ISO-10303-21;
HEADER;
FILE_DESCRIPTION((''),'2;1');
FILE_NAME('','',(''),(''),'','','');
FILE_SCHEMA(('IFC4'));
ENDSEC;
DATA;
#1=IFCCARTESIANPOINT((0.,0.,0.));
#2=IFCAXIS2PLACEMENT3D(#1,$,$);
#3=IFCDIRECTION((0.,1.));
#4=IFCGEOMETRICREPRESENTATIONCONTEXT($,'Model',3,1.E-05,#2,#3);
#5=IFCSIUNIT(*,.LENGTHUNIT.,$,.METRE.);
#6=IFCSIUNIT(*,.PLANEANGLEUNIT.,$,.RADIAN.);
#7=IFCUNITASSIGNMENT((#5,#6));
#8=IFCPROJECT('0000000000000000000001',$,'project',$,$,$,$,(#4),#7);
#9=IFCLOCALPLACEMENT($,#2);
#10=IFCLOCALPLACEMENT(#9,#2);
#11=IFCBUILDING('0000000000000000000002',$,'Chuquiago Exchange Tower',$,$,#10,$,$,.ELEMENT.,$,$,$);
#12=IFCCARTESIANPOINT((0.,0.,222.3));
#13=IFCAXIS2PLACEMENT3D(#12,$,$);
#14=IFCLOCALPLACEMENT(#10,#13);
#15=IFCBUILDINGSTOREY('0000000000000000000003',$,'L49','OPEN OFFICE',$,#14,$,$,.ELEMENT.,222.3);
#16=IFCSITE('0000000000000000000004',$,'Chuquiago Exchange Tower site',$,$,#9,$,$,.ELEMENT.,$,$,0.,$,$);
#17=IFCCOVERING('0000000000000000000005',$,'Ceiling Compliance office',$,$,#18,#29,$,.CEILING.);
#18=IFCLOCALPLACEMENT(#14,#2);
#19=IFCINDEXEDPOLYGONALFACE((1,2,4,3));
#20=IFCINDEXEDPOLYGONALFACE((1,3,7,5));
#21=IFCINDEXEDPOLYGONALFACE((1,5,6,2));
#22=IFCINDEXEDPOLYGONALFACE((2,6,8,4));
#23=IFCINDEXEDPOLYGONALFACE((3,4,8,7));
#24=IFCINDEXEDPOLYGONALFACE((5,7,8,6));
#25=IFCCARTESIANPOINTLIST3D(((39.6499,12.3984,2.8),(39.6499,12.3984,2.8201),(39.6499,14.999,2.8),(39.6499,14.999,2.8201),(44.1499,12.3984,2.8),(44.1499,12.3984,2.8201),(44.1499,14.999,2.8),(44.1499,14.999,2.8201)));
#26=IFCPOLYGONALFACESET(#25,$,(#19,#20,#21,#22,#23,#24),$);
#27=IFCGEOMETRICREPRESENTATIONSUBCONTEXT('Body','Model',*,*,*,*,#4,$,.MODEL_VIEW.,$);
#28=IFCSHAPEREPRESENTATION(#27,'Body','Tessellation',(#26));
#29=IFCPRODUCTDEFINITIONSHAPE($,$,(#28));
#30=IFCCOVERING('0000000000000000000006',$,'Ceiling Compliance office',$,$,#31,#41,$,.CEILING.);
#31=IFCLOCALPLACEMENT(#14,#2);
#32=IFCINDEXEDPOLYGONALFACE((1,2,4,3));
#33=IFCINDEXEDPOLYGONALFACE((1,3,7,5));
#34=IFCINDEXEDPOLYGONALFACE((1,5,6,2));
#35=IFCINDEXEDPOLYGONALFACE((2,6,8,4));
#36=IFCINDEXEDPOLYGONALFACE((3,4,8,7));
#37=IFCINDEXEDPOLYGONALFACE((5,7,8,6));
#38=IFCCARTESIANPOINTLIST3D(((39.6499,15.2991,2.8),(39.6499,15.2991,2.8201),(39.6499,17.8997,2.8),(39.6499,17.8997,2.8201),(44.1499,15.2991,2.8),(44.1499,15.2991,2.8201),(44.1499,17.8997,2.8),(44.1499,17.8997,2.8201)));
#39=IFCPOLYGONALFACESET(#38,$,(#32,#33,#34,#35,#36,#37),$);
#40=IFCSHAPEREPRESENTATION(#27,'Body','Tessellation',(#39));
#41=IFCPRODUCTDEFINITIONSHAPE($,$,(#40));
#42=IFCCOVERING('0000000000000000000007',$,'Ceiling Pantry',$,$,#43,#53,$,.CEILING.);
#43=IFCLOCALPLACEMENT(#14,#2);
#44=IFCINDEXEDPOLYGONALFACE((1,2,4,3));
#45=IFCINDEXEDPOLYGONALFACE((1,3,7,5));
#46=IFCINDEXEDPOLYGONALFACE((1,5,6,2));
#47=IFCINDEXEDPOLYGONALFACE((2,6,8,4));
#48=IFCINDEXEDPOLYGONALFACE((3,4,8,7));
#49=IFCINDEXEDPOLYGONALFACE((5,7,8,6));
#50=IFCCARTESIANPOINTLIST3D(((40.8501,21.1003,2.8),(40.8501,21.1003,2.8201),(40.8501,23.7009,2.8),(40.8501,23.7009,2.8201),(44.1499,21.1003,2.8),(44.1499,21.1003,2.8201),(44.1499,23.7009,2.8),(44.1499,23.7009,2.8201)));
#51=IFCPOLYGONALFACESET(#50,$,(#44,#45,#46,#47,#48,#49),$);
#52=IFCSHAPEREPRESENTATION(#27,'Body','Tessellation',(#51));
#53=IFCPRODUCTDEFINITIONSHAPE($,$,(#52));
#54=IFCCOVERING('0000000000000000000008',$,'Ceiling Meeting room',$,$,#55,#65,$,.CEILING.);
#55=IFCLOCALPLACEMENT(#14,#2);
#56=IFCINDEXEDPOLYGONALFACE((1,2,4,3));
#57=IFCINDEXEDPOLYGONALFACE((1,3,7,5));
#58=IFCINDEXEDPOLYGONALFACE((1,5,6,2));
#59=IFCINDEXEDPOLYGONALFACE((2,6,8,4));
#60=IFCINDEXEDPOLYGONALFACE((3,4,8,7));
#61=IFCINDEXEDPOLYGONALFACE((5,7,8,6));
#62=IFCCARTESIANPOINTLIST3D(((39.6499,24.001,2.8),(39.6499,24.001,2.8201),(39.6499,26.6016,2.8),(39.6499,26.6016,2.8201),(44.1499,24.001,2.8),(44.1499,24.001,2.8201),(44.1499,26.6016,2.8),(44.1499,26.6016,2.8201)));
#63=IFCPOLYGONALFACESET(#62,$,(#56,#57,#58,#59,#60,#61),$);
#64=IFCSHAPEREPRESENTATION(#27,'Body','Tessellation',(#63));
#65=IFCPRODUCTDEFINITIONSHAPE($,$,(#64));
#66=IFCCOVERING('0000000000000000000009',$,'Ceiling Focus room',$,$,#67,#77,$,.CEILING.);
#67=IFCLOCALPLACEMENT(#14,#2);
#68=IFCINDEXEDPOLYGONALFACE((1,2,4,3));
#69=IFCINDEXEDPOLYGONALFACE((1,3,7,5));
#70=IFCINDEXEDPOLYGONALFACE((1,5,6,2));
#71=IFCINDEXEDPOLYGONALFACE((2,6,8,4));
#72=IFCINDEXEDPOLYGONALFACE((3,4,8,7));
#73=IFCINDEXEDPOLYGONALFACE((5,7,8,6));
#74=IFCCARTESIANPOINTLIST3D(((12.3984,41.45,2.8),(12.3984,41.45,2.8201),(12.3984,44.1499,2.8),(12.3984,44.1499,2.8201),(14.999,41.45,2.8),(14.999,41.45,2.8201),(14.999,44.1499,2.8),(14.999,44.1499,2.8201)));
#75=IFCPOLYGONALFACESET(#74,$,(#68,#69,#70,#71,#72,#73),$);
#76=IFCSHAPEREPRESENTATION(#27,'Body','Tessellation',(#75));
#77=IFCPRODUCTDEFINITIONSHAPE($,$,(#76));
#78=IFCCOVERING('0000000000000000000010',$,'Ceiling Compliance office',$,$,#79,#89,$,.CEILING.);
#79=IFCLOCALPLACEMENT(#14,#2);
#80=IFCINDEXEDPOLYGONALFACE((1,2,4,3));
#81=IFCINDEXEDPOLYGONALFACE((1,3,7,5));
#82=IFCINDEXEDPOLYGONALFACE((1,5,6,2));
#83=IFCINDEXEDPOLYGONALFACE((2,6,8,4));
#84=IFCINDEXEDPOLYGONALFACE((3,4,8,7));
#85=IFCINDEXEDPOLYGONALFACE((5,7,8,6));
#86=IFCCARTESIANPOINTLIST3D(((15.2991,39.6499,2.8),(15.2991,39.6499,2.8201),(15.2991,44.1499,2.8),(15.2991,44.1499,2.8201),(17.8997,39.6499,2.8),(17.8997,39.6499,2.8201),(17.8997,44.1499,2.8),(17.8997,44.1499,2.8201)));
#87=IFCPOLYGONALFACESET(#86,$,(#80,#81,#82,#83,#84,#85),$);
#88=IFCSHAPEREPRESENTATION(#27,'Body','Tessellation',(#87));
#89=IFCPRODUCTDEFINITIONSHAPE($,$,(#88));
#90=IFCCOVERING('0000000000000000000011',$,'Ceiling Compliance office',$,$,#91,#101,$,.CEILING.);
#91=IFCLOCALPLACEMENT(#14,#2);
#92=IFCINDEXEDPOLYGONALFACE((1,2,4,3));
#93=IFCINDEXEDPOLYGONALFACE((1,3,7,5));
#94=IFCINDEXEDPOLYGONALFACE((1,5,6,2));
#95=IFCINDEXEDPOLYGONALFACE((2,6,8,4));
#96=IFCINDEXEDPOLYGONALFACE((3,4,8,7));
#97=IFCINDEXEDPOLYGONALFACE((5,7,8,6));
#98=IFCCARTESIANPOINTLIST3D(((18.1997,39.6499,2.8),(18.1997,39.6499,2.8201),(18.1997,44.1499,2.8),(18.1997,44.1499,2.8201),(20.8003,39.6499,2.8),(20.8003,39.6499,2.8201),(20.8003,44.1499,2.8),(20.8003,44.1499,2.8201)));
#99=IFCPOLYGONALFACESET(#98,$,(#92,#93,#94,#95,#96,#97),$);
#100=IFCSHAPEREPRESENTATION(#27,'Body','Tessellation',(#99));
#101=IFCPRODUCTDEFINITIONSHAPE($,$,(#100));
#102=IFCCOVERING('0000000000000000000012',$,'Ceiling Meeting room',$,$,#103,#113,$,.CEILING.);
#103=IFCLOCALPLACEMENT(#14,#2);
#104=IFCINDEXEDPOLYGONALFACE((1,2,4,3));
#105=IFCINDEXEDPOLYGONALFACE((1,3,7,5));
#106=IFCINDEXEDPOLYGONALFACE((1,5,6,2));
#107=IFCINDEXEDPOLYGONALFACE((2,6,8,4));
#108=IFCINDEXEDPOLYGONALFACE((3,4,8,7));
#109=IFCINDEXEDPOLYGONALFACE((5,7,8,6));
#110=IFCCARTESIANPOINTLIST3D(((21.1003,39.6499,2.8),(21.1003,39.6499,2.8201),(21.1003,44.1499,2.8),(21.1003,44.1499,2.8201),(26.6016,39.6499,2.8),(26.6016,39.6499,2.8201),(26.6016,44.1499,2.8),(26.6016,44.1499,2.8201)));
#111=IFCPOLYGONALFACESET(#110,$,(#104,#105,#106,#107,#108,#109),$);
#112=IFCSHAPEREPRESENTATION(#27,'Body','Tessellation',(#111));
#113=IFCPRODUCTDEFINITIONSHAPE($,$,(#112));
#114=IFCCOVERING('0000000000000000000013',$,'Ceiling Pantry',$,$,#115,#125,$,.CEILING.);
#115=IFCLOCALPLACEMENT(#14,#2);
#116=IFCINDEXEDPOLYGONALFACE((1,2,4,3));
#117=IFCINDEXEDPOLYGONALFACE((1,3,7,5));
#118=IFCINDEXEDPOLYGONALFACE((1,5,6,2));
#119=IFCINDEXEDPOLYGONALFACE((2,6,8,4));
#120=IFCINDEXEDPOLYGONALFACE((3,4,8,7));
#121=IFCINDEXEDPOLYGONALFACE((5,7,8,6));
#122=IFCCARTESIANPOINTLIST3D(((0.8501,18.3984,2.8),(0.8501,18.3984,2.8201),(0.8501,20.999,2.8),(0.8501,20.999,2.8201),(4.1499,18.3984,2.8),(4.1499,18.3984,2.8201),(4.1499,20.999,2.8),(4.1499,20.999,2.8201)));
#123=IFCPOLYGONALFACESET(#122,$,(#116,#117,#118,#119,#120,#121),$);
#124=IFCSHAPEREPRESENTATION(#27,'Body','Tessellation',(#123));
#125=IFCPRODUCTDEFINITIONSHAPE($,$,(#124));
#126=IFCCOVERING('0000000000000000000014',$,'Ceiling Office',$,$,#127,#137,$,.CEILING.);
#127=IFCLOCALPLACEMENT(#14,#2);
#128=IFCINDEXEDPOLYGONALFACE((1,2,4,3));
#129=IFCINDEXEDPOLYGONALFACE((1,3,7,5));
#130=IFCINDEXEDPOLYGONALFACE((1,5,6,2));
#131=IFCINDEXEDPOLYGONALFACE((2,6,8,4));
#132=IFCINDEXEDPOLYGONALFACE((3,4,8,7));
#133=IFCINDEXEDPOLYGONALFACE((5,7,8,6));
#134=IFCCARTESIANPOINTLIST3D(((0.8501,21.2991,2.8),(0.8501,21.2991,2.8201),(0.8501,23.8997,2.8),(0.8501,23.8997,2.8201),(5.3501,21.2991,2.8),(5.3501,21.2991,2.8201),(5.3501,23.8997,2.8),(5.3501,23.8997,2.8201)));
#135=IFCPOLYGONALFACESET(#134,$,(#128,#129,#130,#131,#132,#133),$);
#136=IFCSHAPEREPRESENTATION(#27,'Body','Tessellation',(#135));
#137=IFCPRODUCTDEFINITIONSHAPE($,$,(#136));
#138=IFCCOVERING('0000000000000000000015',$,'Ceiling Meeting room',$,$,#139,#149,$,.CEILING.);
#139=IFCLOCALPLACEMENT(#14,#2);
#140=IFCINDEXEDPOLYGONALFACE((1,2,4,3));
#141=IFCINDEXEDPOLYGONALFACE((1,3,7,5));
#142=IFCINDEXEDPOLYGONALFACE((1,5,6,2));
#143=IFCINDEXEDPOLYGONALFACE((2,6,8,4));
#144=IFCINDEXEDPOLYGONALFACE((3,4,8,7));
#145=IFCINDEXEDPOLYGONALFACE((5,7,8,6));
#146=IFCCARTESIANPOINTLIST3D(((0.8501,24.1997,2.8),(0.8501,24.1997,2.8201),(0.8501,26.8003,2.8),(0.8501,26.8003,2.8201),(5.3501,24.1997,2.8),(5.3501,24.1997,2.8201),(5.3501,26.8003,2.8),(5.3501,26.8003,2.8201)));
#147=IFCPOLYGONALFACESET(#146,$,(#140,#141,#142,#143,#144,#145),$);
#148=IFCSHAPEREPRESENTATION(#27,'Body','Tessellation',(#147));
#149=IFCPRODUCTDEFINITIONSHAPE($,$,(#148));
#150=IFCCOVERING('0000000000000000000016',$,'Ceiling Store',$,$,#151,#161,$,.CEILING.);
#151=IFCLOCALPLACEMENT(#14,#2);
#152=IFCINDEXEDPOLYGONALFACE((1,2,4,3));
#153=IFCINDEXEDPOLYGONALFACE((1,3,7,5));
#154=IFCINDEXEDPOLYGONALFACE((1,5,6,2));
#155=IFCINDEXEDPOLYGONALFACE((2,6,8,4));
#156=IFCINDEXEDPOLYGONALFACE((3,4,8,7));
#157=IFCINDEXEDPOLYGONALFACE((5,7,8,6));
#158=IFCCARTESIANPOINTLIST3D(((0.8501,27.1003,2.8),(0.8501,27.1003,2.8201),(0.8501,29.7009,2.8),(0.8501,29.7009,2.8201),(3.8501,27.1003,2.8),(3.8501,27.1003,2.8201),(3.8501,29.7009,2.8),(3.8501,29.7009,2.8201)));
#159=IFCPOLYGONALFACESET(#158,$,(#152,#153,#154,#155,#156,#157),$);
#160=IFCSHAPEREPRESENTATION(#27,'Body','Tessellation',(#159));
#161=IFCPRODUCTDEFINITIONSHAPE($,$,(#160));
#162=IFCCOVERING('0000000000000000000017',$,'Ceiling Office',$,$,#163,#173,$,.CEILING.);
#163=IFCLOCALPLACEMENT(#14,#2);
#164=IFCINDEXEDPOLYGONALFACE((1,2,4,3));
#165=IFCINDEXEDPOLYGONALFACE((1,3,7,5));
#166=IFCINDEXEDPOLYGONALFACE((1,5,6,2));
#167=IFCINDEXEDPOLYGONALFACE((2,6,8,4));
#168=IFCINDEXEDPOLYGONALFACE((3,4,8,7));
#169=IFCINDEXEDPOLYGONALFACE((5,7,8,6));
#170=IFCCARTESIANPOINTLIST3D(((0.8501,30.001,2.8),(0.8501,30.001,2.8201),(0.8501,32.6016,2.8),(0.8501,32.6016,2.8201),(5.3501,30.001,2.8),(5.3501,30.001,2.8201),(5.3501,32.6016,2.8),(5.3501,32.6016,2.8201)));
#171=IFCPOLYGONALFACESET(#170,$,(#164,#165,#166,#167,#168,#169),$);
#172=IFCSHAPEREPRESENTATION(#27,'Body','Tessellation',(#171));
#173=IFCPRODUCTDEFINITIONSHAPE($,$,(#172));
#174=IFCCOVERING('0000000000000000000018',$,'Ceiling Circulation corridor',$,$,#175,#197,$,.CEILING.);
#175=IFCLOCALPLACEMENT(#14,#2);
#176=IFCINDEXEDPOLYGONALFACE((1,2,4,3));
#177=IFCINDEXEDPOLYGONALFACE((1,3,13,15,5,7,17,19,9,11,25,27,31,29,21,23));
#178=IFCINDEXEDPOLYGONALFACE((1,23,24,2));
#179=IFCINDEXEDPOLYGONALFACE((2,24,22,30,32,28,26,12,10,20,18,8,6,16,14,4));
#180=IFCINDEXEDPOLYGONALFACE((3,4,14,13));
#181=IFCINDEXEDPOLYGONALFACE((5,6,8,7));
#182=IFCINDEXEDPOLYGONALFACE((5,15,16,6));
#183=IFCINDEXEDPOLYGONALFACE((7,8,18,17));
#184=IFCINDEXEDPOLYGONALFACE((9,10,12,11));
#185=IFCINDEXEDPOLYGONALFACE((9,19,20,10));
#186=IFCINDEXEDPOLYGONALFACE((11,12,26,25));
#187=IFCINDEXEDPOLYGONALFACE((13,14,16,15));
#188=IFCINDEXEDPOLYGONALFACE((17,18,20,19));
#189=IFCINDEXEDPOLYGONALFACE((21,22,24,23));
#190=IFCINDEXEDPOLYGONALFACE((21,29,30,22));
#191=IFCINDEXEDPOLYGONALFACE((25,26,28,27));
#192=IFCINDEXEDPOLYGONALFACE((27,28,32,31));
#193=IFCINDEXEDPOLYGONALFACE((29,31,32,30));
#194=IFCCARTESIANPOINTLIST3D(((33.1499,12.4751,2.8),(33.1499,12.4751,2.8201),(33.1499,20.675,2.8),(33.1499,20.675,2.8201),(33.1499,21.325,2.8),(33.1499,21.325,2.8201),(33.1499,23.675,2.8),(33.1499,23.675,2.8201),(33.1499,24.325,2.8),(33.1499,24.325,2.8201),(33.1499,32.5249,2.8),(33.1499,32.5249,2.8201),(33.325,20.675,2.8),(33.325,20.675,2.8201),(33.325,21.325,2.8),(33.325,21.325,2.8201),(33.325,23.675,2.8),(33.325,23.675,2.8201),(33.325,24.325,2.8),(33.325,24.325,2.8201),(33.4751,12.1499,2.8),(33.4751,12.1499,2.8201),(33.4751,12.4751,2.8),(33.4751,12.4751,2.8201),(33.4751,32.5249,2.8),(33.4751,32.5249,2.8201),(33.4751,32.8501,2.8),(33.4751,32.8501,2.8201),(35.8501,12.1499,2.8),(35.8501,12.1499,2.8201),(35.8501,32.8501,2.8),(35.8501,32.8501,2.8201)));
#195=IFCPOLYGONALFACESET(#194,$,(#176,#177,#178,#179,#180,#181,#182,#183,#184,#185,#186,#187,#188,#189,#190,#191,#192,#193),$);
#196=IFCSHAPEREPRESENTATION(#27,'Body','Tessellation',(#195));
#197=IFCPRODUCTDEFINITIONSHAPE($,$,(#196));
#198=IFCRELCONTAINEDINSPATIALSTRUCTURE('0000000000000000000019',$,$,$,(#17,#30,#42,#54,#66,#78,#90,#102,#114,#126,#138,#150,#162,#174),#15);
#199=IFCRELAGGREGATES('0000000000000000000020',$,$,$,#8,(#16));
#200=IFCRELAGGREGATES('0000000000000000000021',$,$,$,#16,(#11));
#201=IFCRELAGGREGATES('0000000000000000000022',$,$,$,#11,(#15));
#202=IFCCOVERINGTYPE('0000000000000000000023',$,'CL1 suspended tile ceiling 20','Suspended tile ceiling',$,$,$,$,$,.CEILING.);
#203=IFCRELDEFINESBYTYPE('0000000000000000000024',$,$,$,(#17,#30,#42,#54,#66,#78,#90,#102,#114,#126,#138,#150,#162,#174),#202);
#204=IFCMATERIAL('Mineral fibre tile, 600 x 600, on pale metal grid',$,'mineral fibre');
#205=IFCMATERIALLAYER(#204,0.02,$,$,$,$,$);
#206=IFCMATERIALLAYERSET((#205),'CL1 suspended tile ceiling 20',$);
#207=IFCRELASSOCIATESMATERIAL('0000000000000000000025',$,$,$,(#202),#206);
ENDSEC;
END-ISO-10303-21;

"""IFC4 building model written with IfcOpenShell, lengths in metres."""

from ifc_helpers import new_model, si_unit, direction, frame, origin, place, context, subcontext, project, spatial, polyline, outline, extrude, material, layer, layer_set, type_object, element, save


model = new_model("IFC4")

# Units and contexts
model_context = context("Model", 3, precision=1e-05, world=origin(), true_north=direction((0.0, 1.0)))
body_context = subcontext(model_context, "Body", "Model", "MODEL_VIEW")
ifc_project = project(units=[si_unit("LENGTHUNIT", "METRE"), si_unit("PLANEANGLEUNIT", "RADIAN")], contexts=[model_context])

# Site, building, storey
site_placement = place(None, origin())
site = spatial("IfcSite", under=ifc_project, at=site_placement, Name="Chuquiago Exchange Tower site", CompositionType="ELEMENT", RefElevation=0.0)
building_placement = place(site_placement, origin())
building = spatial("IfcBuilding", under=site, at=building_placement, Name="Chuquiago Exchange Tower", CompositionType="ELEMENT")
storey_placement = place(building_placement, frame((0.0, 0.0, 222.3)))
storey = spatial("IfcBuildingStorey", under=building, at=storey_placement, Name="L49", Description="OPEN OFFICE", CompositionType="ELEMENT", Elevation=222.3)

# Coverings
ifc_material_1 = material(Name="Mineral fibre tile, 600 x 600, on pale metal grid", Category="mineral fibre")
ifc_layer_1 = layer(ifc_material_1, 0.02)
ifc_layer_set_1 = layer_set([ifc_layer_1], Name="CL1 suspended tile ceiling 20")
covering_type_1 = type_object("IfcCoveringType", Name="CL1 suspended tile ceiling 20", Description="Suspended tile ceiling", PredefinedType="CEILING", material=ifc_layer_set_1)
covering_1_placement = place(storey_placement, frame((0.0, 0.0, 2.8)))
element("IfcCovering", 1, at=covering_1_placement, inside=storey, type_object=covering_type_1, Name="Ceiling Compliance office", PredefinedType="CEILING", context=body_context, shape_type="SweptSolid", body=[
    extrude(outline(polyline([(39.6499, 12.3984), (39.6499, 14.999), (44.1499, 14.999), (44.1499, 12.3984), (39.6499, 12.3984)])), origin(), (0.0, 0.0, 1.0), 0.02),
])
covering_2_placement = place(storey_placement, frame((0.0, 0.0, 2.8)))
element("IfcCovering", 2, at=covering_2_placement, inside=storey, type_object=covering_type_1, Name="Ceiling Compliance office", PredefinedType="CEILING", context=body_context, shape_type="SweptSolid", body=[
    extrude(outline(polyline([(39.6499, 15.2991), (39.6499, 17.8997), (44.1499, 17.8997), (44.1499, 15.2991), (39.6499, 15.2991)])), origin(), (0.0, 0.0, 1.0), 0.02),
])
covering_3_placement = place(storey_placement, frame((0.0, 0.0, 2.8)))
element("IfcCovering", 3, at=covering_3_placement, inside=storey, type_object=covering_type_1, Name="Ceiling Pantry", PredefinedType="CEILING", context=body_context, shape_type="SweptSolid", body=[
    extrude(outline(polyline([(40.8501, 21.1003), (40.8501, 23.7009), (44.1499, 23.7009), (44.1499, 21.1003), (40.8501, 21.1003)])), origin(), (0.0, 0.0, 1.0), 0.02),
])
covering_4_placement = place(storey_placement, frame((0.0, 0.0, 2.8)))
element("IfcCovering", 4, at=covering_4_placement, inside=storey, type_object=covering_type_1, Name="Ceiling Meeting room", PredefinedType="CEILING", context=body_context, shape_type="SweptSolid", body=[
    extrude(outline(polyline([(44.1499, 24.001), (39.6499, 24.001), (39.6499, 26.6016), (44.1499, 26.6016), (44.1499, 24.001)])), origin(), (0.0, 0.0, 1.0), 0.02),
])
covering_5_placement = place(storey_placement, frame((0.0, 0.0, 2.8)))
element("IfcCovering", 5, at=covering_5_placement, inside=storey, type_object=covering_type_1, Name="Ceiling Focus room", PredefinedType="CEILING", context=body_context, shape_type="SweptSolid", body=[
    extrude(outline(polyline([(14.999, 44.1499), (14.999, 41.45), (12.3984, 41.45), (12.3984, 44.1499), (14.999, 44.1499)])), origin(), (0.0, 0.0, 1.0), 0.02),
])
covering_6_placement = place(storey_placement, frame((0.0, 0.0, 2.8)))
element("IfcCovering", 6, at=covering_6_placement, inside=storey, type_object=covering_type_1, Name="Ceiling Compliance office", PredefinedType="CEILING", context=body_context, shape_type="SweptSolid", body=[
    extrude(outline(polyline([(17.8997, 39.6499), (15.2991, 39.6499), (15.2991, 44.1499), (17.8997, 44.1499), (17.8997, 39.6499)])), origin(), (0.0, 0.0, 1.0), 0.02),
])
covering_7_placement = place(storey_placement, frame((0.0, 0.0, 2.8)))
element("IfcCovering", 7, at=covering_7_placement, inside=storey, type_object=covering_type_1, Name="Ceiling Compliance office", PredefinedType="CEILING", context=body_context, shape_type="SweptSolid", body=[
    extrude(outline(polyline([(20.8003, 39.6499), (18.1997, 39.6499), (18.1997, 44.1499), (20.8003, 44.1499), (20.8003, 39.6499)])), origin(), (0.0, 0.0, 1.0), 0.02),
])
covering_8_placement = place(storey_placement, frame((0.0, 0.0, 2.8)))
element("IfcCovering", 8, at=covering_8_placement, inside=storey, type_object=covering_type_1, Name="Ceiling Meeting room", PredefinedType="CEILING", context=body_context, shape_type="SweptSolid", body=[
    extrude(outline(polyline([(26.6016, 39.6499), (21.1003, 39.6499), (21.1003, 44.1499), (26.6016, 44.1499), (26.6016, 39.6499)])), origin(), (0.0, 0.0, 1.0), 0.02),
])
covering_9_placement = place(storey_placement, frame((0.0, 0.0, 2.8)))
element("IfcCovering", 9, at=covering_9_placement, inside=storey, type_object=covering_type_1, Name="Ceiling Pantry", PredefinedType="CEILING", context=body_context, shape_type="SweptSolid", body=[
    extrude(outline(polyline([(0.8501, 20.999), (4.1499, 20.999), (4.1499, 18.3984), (0.8501, 18.3984), (0.8501, 20.999)])), origin(), (0.0, 0.0, 1.0), 0.02),
])
covering_10_placement = place(storey_placement, frame((0.0, 0.0, 2.8)))
element("IfcCovering", 10, at=covering_10_placement, inside=storey, type_object=covering_type_1, Name="Ceiling Office", PredefinedType="CEILING", context=body_context, shape_type="SweptSolid", body=[
    extrude(outline(polyline([(5.3501, 23.8997), (5.3501, 21.2991), (0.8501, 21.2991), (0.8501, 23.8997), (5.3501, 23.8997)])), origin(), (0.0, 0.0, 1.0), 0.02),
])
covering_11_placement = place(storey_placement, frame((0.0, 0.0, 2.8)))
element("IfcCovering", 11, at=covering_11_placement, inside=storey, type_object=covering_type_1, Name="Ceiling Meeting room", PredefinedType="CEILING", context=body_context, shape_type="SweptSolid", body=[
    extrude(outline(polyline([(5.3501, 26.8003), (5.3501, 24.1997), (0.8501, 24.1997), (0.8501, 26.8003), (5.3501, 26.8003)])), origin(), (0.0, 0.0, 1.0), 0.02),
])
covering_12_placement = place(storey_placement, frame((0.0, 0.0, 2.8)))
element("IfcCovering", 12, at=covering_12_placement, inside=storey, type_object=covering_type_1, Name="Ceiling Store", PredefinedType="CEILING", context=body_context, shape_type="SweptSolid", body=[
    extrude(outline(polyline([(3.8501, 29.7009), (3.8501, 27.1003), (0.8501, 27.1003), (0.8501, 29.7009), (3.8501, 29.7009)])), origin(), (0.0, 0.0, 1.0), 0.02),
])
covering_13_placement = place(storey_placement, frame((0.0, 0.0, 2.8)))
element("IfcCovering", 13, at=covering_13_placement, inside=storey, type_object=covering_type_1, Name="Ceiling Office", PredefinedType="CEILING", context=body_context, shape_type="SweptSolid", body=[
    extrude(outline(polyline([(5.3501, 32.6016), (5.3501, 30.001), (0.8501, 30.001), (0.8501, 32.6016), (5.3501, 32.6016)])), origin(), (0.0, 0.0, 1.0), 0.02),
])
covering_14_placement = place(storey_placement, frame((0.0, 0.0, 2.8)))
element("IfcCovering", 14, at=covering_14_placement, inside=storey, type_object=covering_type_1, Name="Ceiling Circulation corridor", PredefinedType="CEILING", context=body_context, shape_type="SweptSolid", body=[
    extrude(outline(polyline([(35.8501, 32.8501), (35.8501, 12.1499), (33.4751, 12.1499), (33.4751, 12.4751), (33.1499, 12.4751), (33.1499, 20.675), (33.325, 20.675), (33.325, 21.325), (33.1499, 21.325), (33.1499, 23.675), (33.325, 23.675), (33.325, 24.325), (33.1499, 24.325), (33.1499, 32.5249), (33.4751, 32.5249), (33.4751, 32.8501), (35.8501, 32.8501)])), origin(), (0.0, 0.0, 1.0), 0.02),
])

save(model, "model.ifc")
